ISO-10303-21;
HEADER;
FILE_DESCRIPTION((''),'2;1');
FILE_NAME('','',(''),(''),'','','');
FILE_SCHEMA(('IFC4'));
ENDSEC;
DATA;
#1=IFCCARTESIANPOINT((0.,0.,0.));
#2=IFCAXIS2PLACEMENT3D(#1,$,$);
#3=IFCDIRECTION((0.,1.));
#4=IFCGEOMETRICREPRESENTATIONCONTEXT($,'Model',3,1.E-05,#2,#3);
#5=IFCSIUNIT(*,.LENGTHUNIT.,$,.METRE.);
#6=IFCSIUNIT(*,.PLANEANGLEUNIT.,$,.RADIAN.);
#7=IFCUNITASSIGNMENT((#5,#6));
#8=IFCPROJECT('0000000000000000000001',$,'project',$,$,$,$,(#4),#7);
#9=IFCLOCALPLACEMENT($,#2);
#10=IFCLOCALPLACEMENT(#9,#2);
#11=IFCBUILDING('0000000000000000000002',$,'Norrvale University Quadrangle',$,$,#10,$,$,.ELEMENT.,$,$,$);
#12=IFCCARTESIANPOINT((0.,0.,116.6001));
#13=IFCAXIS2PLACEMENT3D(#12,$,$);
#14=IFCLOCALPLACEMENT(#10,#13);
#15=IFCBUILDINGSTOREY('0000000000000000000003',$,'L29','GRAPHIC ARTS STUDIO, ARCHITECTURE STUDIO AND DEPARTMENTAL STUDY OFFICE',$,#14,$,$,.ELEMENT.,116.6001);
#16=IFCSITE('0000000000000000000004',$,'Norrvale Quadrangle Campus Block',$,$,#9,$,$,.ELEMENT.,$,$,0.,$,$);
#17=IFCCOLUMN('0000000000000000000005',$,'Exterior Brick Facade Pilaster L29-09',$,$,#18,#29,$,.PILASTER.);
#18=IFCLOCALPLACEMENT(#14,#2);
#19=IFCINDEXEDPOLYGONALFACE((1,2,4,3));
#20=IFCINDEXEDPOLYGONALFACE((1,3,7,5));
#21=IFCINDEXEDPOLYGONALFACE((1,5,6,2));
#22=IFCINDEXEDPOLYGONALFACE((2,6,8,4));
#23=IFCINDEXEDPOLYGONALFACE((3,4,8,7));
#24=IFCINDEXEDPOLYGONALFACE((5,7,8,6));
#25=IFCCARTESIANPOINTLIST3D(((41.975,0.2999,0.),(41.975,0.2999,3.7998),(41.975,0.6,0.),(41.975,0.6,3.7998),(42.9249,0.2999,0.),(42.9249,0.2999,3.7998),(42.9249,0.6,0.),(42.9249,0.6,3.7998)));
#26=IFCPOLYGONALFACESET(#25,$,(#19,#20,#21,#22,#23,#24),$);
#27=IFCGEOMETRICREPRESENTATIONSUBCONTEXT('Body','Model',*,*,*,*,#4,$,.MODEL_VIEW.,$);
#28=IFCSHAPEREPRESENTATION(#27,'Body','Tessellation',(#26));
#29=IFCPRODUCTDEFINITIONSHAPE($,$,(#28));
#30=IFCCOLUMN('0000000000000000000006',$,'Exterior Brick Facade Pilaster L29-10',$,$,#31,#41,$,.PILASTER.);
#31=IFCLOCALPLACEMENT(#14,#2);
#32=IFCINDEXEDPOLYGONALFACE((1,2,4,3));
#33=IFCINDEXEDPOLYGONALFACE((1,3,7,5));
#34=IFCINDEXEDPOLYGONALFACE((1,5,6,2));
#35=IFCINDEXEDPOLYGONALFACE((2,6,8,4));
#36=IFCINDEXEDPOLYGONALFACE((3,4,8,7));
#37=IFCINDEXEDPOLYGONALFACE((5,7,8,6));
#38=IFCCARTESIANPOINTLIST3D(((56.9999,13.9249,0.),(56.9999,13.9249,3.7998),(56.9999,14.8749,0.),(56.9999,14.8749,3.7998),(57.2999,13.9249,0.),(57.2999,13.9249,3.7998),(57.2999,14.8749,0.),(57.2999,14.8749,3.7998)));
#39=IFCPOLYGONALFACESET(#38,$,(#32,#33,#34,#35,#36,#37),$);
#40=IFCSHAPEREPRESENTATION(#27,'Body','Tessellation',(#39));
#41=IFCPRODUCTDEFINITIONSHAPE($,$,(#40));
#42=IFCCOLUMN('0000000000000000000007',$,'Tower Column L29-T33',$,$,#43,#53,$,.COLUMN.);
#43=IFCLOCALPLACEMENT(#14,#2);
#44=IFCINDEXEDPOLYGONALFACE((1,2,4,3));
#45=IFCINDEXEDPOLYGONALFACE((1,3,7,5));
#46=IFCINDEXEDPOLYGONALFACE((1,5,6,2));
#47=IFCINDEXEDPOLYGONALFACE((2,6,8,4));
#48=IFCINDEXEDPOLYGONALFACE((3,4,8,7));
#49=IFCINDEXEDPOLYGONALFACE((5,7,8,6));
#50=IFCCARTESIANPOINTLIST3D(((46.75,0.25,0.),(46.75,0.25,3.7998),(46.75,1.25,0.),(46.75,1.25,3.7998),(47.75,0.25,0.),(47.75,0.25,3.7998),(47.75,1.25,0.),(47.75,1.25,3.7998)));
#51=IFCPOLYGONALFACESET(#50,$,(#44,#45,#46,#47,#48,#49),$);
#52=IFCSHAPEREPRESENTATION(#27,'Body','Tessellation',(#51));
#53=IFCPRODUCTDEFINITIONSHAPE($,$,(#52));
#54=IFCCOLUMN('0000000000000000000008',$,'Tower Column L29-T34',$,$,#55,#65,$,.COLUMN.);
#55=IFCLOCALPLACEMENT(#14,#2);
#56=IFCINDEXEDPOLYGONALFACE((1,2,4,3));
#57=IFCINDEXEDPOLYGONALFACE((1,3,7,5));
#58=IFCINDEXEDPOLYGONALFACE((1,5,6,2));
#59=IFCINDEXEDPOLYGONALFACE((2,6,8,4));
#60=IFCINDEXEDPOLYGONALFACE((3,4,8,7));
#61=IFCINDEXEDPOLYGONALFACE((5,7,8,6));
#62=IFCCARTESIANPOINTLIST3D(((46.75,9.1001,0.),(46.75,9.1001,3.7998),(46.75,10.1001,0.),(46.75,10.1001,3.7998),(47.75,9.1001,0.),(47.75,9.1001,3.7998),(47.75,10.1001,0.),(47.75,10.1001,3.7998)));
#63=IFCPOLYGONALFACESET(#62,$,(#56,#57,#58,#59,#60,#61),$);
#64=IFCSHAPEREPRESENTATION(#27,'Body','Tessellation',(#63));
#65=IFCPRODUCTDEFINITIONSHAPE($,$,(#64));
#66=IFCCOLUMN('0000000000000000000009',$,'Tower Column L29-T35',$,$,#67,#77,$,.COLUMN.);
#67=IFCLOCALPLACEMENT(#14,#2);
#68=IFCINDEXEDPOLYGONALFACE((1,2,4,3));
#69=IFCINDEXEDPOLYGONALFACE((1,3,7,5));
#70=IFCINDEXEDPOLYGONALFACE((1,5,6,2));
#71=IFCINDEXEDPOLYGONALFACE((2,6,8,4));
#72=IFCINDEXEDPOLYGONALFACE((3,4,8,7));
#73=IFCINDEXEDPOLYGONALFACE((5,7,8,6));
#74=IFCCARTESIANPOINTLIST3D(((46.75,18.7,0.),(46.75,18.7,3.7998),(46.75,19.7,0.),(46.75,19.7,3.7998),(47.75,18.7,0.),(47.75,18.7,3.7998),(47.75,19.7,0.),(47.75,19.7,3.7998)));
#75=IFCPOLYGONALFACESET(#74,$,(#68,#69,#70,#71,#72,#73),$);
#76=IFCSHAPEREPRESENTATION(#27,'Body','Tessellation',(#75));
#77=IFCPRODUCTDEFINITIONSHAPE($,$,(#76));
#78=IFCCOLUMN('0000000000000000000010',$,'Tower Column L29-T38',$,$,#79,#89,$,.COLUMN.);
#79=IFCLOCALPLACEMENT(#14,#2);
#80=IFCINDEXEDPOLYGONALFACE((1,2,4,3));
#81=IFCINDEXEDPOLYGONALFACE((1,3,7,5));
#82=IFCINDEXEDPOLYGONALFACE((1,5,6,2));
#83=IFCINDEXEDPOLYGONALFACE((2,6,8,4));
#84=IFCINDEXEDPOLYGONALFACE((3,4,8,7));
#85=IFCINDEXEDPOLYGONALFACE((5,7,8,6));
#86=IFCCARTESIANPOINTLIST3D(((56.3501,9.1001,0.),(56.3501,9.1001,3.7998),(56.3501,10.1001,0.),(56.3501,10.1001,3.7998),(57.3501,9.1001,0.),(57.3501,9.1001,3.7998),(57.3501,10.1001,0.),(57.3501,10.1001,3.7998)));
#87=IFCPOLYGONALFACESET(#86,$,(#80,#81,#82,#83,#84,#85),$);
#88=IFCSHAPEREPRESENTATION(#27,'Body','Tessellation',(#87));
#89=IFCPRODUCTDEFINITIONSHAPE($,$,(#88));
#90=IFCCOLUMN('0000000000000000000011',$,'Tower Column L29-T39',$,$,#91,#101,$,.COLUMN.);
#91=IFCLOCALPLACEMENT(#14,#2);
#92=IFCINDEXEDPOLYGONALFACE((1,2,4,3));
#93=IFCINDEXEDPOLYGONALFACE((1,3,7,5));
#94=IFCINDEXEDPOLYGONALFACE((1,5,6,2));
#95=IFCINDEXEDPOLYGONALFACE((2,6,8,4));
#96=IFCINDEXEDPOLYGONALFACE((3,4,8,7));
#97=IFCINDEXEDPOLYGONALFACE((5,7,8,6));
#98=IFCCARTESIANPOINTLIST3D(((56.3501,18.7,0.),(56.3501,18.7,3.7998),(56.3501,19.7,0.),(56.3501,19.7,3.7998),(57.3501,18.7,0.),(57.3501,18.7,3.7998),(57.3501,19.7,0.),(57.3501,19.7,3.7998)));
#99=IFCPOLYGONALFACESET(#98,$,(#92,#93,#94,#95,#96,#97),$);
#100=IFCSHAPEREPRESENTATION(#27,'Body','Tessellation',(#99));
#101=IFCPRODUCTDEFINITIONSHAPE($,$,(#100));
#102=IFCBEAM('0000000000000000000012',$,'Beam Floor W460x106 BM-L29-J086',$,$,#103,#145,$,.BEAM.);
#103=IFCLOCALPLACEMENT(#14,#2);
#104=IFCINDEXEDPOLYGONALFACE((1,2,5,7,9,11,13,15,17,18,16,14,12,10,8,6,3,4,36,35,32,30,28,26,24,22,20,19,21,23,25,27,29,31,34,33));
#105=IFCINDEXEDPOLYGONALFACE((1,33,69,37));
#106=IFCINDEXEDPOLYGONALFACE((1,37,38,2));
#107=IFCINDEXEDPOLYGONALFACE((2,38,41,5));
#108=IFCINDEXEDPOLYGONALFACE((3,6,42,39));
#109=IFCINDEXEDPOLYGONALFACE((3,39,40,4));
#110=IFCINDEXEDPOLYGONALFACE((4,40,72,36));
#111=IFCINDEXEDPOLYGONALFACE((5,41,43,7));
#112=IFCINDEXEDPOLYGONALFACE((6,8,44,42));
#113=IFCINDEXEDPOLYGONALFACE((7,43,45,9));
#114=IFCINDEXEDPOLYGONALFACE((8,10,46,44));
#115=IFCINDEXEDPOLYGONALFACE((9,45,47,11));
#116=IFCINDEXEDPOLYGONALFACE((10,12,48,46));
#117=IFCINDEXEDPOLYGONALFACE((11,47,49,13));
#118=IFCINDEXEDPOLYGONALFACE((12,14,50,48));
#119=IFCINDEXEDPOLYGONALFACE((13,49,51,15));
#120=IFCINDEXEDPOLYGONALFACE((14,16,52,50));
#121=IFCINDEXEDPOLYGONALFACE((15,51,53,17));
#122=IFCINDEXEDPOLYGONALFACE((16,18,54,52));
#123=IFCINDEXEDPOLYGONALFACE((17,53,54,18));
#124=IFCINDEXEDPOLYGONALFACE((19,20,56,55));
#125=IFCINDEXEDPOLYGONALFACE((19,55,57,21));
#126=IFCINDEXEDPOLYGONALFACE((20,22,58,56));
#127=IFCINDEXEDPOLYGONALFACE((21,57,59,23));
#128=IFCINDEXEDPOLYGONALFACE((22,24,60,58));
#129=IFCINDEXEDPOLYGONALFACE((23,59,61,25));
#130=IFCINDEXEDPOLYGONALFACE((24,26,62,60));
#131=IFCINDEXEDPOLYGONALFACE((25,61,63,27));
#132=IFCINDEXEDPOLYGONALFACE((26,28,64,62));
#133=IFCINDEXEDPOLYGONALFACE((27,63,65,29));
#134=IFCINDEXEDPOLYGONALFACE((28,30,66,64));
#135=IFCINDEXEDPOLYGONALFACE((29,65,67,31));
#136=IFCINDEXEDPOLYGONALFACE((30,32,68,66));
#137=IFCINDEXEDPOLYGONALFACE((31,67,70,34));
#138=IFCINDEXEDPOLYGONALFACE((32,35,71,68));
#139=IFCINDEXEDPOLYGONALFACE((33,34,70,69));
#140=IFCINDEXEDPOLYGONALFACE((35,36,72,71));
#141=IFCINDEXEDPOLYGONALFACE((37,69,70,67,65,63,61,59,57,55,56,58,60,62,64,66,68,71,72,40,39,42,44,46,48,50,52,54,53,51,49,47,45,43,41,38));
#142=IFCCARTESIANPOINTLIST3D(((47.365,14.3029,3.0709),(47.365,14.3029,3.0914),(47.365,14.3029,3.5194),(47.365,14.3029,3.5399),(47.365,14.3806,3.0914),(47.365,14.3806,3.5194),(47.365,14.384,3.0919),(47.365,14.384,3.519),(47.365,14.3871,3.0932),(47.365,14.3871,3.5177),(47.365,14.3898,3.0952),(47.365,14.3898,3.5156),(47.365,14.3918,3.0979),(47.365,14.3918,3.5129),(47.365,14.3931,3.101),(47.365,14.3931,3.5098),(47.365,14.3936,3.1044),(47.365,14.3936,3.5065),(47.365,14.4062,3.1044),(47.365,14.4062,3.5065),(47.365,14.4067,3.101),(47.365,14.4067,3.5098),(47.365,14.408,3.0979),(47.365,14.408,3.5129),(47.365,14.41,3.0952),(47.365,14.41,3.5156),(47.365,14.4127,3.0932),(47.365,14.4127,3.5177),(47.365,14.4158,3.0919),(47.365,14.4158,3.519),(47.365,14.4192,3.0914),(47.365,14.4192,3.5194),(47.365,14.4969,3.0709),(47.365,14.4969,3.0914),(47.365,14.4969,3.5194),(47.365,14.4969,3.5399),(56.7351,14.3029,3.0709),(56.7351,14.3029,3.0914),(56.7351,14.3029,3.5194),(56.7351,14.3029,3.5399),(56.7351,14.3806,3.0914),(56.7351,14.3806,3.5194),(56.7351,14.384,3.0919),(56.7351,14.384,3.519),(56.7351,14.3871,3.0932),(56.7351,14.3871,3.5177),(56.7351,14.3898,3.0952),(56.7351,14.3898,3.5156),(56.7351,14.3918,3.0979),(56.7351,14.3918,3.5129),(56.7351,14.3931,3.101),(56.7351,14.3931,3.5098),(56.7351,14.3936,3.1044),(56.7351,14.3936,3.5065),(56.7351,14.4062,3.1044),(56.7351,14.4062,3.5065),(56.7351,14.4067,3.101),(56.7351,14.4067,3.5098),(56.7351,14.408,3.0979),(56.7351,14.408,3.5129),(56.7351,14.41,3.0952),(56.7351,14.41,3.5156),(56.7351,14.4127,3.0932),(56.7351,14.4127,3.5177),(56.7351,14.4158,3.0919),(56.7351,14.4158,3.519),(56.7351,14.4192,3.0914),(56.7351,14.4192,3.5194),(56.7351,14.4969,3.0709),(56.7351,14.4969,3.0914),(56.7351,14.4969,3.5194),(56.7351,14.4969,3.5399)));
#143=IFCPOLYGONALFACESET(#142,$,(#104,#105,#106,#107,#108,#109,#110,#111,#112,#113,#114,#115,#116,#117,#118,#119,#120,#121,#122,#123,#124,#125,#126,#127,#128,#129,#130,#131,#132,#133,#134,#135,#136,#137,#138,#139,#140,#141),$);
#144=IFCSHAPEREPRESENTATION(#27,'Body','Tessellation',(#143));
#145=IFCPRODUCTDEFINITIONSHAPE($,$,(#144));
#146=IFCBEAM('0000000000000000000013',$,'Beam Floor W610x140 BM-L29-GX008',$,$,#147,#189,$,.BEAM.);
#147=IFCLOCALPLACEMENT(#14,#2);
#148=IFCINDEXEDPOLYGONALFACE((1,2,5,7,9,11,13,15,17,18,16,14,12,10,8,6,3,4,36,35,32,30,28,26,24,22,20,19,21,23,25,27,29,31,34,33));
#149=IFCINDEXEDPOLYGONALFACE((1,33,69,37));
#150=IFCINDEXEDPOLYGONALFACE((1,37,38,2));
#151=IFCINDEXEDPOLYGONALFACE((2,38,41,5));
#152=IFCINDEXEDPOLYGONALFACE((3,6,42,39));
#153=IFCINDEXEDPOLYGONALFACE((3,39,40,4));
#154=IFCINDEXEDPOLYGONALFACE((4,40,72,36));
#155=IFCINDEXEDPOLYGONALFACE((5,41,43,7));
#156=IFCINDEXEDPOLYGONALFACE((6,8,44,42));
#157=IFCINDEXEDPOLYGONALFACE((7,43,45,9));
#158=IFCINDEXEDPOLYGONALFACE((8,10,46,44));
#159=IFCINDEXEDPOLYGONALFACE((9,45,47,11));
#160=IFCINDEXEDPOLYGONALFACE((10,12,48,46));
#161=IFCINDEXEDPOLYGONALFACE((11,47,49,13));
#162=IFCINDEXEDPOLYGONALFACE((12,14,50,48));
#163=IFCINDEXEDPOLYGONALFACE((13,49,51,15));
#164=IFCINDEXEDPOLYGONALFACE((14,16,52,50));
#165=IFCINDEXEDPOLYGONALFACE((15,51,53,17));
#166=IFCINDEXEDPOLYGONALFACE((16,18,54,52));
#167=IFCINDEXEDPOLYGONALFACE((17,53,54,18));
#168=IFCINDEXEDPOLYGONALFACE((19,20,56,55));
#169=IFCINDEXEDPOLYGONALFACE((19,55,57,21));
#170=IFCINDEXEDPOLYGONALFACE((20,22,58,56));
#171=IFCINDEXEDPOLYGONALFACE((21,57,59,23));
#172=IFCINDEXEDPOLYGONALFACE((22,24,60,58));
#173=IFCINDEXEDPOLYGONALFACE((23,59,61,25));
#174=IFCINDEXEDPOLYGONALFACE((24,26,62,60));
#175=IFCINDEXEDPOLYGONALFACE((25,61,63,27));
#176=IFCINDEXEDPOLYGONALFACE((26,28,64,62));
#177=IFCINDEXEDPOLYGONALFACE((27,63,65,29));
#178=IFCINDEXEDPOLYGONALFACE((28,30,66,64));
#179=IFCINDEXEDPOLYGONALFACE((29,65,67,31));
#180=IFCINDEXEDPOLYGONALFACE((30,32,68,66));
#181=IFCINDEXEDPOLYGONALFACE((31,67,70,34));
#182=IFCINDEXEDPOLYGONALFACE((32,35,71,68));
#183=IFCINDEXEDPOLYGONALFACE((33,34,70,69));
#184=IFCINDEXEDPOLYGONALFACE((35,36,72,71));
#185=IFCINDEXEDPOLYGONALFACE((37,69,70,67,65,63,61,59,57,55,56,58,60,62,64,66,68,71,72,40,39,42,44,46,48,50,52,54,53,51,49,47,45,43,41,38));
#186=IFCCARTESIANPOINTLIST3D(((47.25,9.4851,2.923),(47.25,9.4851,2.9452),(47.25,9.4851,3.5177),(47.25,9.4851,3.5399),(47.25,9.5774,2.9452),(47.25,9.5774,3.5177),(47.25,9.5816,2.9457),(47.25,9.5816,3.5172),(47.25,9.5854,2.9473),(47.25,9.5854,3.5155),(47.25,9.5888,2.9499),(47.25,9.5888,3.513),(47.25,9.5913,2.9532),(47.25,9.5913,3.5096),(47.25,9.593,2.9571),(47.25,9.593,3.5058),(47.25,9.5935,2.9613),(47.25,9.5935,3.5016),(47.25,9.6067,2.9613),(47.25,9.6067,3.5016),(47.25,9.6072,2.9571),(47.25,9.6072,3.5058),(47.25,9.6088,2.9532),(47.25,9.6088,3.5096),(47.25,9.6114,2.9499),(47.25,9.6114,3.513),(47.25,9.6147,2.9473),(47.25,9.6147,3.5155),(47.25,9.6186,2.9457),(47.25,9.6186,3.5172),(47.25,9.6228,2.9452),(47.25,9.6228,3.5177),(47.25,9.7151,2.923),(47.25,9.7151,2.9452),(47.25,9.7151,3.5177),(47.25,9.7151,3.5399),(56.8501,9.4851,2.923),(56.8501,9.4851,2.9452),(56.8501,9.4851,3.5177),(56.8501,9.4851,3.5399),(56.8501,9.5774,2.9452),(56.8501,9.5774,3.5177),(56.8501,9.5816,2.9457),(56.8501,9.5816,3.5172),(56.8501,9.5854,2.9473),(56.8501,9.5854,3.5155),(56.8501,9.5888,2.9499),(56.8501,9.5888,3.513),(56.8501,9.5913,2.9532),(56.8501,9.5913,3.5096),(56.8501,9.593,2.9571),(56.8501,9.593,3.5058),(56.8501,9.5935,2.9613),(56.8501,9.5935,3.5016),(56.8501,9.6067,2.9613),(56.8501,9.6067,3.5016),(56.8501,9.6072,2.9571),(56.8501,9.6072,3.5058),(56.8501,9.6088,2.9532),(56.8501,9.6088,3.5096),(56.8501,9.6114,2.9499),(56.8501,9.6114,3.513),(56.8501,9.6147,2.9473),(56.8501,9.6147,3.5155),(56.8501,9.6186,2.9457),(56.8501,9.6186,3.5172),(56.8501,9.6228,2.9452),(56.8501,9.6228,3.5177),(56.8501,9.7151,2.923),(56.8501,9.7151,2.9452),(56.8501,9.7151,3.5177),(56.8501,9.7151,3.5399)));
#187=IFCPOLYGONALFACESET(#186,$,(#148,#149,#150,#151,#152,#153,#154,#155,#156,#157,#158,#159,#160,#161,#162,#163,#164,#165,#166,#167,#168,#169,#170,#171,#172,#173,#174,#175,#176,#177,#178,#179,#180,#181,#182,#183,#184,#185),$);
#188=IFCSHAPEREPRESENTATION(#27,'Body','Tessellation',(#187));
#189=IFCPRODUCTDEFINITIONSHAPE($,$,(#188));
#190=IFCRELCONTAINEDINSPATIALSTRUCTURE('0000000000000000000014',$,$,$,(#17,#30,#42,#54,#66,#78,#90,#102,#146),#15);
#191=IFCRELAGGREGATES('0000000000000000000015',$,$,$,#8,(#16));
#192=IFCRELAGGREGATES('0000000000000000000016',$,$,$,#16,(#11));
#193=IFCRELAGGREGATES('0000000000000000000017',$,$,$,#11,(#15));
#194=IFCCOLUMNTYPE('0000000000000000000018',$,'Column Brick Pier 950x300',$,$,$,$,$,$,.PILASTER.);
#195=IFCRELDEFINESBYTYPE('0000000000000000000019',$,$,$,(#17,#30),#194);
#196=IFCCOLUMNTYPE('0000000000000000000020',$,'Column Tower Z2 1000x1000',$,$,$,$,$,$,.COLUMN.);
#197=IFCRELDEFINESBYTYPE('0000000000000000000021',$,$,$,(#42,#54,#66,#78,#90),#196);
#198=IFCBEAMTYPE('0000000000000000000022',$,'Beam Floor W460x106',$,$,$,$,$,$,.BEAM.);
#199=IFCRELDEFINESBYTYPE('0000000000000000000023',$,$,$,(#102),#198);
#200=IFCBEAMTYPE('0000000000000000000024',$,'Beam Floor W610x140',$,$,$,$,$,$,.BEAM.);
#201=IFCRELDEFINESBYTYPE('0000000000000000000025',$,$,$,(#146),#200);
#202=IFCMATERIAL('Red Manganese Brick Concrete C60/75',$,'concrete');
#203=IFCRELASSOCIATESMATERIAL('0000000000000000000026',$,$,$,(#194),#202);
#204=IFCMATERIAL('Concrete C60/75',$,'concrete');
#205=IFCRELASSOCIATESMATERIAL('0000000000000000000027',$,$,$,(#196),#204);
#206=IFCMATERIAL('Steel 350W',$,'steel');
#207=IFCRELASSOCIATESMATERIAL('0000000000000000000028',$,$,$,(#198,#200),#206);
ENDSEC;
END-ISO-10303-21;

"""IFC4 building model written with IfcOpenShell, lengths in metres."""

from ifc_helpers import new_model, si_unit, direction, frame, origin, origin_2d, place, context, subcontext, project, spatial, rectangle, i_section, extrude, material, material_profile, profile_set, type_object, element, save


model = new_model("IFC4")

# Units and contexts
model_context = context("Model", 3, precision=1e-05, world=origin(), true_north=direction((0.0, 1.0)))
body_context = subcontext(model_context, "Body", "Model", "MODEL_VIEW")
ifc_project = project(units=[si_unit("LENGTHUNIT", "METRE"), si_unit("PLANEANGLEUNIT", "RADIAN")], contexts=[model_context])

# Site, building, storey
site_placement = place(None, origin())
site = spatial("IfcSite", under=ifc_project, at=site_placement, Name="Norrvale Quadrangle Campus Block", CompositionType="ELEMENT", RefElevation=0.0)
building_placement = place(site_placement, origin())
building = spatial("IfcBuilding", under=site, at=building_placement, Name="Norrvale University Quadrangle", CompositionType="ELEMENT")
storey_placement = place(building_placement, frame((0.0, 0.0, 116.6001)))
storey = spatial("IfcBuildingStorey", under=building, at=storey_placement, Name="L29", Description="GRAPHIC ARTS STUDIO, ARCHITECTURE STUDIO AND DEPARTMENTAL STUDY OFFICE", CompositionType="ELEMENT", Elevation=116.6001)

# Columns
ifc_material_1 = material(Name="Red Manganese Brick Concrete C60/75", Category="concrete")
ifc_material_profile_1 = material_profile(ifc_material_1, rectangle(XDim=0.95, YDim=0.3, at=origin_2d()), Name="Red Manganese Brick Concrete C60/75")
ifc_profile_set_1 = profile_set([ifc_material_profile_1], Name="Red Manganese Brick Concrete C60/75")
column_type_1 = type_object("IfcColumnType", Name="Column Brick Pier 950x300", PredefinedType="PILASTER", material=ifc_profile_set_1)
for number, where, z_axis, x_axis, name in (
    (1, (42.45, 0.45, 0.0), (0.0, 0.0, 1.0), (1.0, 0.0, 0.0), "Exterior Brick Facade Pilaster L29-09"),
    (2, (57.1499, 14.3999, 0.0), (0.0, 0.0, 1.0), (0.0, 1.0, 0.0), "Exterior Brick Facade Pilaster L29-10"),
):
    element("IfcColumn", number, at=place(storey_placement, frame(where, z_axis=z_axis, x_axis=x_axis)), inside=storey, type_object=column_type_1, Name=name, PredefinedType="PILASTER", context=body_context, shape_type="SweptSolid", body=[
        extrude(rectangle(XDim=0.95, YDim=0.3, at=origin_2d()), origin(), (0.0, 0.0, 1.0), 3.7998),
    ])
ifc_material_2 = material(Name="Concrete C60/75", Category="concrete")
ifc_material_profile_2 = material_profile(ifc_material_2, rectangle(XDim=1.0, YDim=1.0, at=origin_2d()), Name="Concrete C60/75")
ifc_profile_set_2 = profile_set([ifc_material_profile_2], Name="Concrete C60/75")
column_type_2 = type_object("IfcColumnType", Name="Column Tower Z2 1000x1000", PredefinedType="COLUMN", material=ifc_profile_set_2)
for number, where, z_axis, x_axis, name in (
    (3, (47.25, 0.75, 0.0), (0.0, 0.0, 1.0), (1.0, 0.0, 0.0), "Tower Column L29-T33"),
    (4, (47.25, 9.6001, 0.0), (0.0, 0.0, 1.0), (1.0, 0.0, 0.0), "Tower Column L29-T34"),
    (5, (47.25, 19.2, 0.0), (0.0, 0.0, 1.0), (1.0, 0.0, 0.0), "Tower Column L29-T35"),
    (6, (56.8501, 9.6001, 0.0), (0.0, 0.0, 1.0), (1.0, 0.0, 0.0), "Tower Column L29-T38"),
    (7, (56.8501, 19.2, 0.0), (0.0, 0.0, 1.0), (1.0, 0.0, 0.0), "Tower Column L29-T39"),
):
    element("IfcColumn", number, at=place(storey_placement, frame(where, z_axis=z_axis, x_axis=x_axis)), inside=storey, type_object=column_type_2, Name=name, PredefinedType="COLUMN", context=body_context, shape_type="SweptSolid", body=[
        extrude(rectangle(XDim=1.0, YDim=1.0, at=origin_2d()), origin(), (0.0, 0.0, 1.0), 3.7998),
    ])

# Beams
ifc_material_3 = material(Name="Steel 350W", Category="steel")
ifc_material_profile_3 = material_profile(ifc_material_3, i_section(OverallWidth=0.1941, OverallDepth=0.469, WebThickness=0.0127, FlangeThickness=0.0205, FilletRadius=0.0129, at=origin_2d()), Name="Steel 350W")
ifc_profile_set_3 = profile_set([ifc_material_profile_3], Name="Steel 350W")
beam_type_1 = type_object("IfcBeamType", Name="Beam Floor W460x106", PredefinedType="BEAM", material=ifc_profile_set_3)
beam_1_placement = place(storey_placement, frame((47.365, 14.3999, 3.3054), z_axis=(1.0, 0.0, 0.0), x_axis=(0.0, 1.0, 0.0)))
element("IfcBeam", 8, at=beam_1_placement, inside=storey, type_object=beam_type_1, Name="Beam Floor W460x106 BM-L29-J086", PredefinedType="BEAM", context=body_context, shape_type="SweptSolid", body=[
    extrude(i_section(OverallWidth=0.1941, OverallDepth=0.469, WebThickness=0.0127, FlangeThickness=0.0205, FilletRadius=0.0129, at=origin_2d()), origin(), (0.0, 0.0, 1.0), 9.3701),
])
ifc_material_profile_4 = material_profile(ifc_material_3, i_section(OverallWidth=0.23, OverallDepth=0.6169, WebThickness=0.0132, FlangeThickness=0.0222, FilletRadius=0.0161, at=origin_2d()), Name="Steel 350W")
ifc_profile_set_4 = profile_set([ifc_material_profile_4], Name="Steel 350W")
beam_type_2 = type_object("IfcBeamType", Name="Beam Floor W610x140", PredefinedType="BEAM", material=ifc_profile_set_4)
for number, where, z_axis, x_axis, name in (
    (9, (47.25, 9.6001, 3.2314), (1.0, 0.0, 0.0), (0.0, 1.0, 0.0), "Beam Floor W610x140 BM-L29-GX008"),
):
    element("IfcBeam", number, at=place(storey_placement, frame(where, z_axis=z_axis, x_axis=x_axis)), inside=storey, type_object=beam_type_2, Name=name, PredefinedType="BEAM", context=body_context, shape_type="SweptSolid", body=[
        extrude(i_section(OverallWidth=0.23, OverallDepth=0.6169, WebThickness=0.0132, FlangeThickness=0.0222, FilletRadius=0.0161, at=origin_2d()), origin(), (0.0, 0.0, 1.0), 9.6001),
    ])

save(model, "model.ifc")
